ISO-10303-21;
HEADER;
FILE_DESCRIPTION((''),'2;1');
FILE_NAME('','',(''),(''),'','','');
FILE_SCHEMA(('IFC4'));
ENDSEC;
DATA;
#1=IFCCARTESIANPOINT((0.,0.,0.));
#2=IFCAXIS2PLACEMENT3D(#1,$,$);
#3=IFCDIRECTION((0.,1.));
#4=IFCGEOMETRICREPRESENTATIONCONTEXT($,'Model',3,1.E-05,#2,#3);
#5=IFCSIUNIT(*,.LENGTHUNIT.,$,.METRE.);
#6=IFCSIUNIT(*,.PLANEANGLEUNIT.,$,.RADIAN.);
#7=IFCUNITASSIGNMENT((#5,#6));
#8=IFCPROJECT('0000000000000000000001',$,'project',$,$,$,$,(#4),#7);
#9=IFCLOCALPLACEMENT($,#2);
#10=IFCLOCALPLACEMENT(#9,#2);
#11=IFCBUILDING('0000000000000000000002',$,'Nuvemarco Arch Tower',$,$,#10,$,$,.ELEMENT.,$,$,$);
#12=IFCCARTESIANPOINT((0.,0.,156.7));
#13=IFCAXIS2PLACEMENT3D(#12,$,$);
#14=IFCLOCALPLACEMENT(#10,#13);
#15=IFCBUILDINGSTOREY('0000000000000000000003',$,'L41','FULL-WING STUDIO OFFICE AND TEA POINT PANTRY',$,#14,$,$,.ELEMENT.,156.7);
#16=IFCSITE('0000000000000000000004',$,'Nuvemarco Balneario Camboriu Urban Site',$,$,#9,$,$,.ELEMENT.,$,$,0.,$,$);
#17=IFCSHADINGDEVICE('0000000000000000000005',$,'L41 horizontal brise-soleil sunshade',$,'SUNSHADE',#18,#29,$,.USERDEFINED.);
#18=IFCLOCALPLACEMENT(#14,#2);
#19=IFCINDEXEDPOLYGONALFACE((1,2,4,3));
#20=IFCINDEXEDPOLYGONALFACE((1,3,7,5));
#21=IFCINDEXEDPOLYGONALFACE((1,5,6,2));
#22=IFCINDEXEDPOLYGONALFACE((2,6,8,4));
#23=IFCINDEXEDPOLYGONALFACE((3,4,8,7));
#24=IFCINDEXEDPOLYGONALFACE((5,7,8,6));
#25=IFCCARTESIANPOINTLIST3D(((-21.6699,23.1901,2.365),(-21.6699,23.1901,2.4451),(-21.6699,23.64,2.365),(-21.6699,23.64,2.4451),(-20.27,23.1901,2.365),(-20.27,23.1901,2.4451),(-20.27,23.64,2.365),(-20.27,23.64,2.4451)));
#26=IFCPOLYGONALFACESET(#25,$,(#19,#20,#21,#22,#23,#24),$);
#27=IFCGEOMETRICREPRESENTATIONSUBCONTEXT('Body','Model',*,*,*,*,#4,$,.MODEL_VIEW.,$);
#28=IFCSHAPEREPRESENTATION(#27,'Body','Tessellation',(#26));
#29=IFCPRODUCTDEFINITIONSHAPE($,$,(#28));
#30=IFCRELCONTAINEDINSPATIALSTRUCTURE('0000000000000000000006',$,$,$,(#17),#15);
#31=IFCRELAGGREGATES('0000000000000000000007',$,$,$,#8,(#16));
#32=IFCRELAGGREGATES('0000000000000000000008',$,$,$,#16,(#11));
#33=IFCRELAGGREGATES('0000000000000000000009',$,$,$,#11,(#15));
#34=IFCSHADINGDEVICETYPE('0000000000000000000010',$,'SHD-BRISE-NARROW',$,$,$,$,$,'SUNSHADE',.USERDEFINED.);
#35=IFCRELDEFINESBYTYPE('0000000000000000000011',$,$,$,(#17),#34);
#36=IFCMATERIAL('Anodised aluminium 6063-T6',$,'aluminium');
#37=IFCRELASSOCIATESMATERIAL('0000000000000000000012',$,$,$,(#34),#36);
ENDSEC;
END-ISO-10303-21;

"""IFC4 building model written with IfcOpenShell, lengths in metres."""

from ifc_helpers import new_model, si_unit, direction, frame, origin, origin_2d, place, context, subcontext, project, spatial, rectangle, extrude, source, transform, mapped, material, type_object, type_shapes, element, save


model = new_model("IFC4")

# Units and contexts
model_context = context("Model", 3, precision=1e-05, world=origin(), true_north=direction((0.0, 1.0)))
body_context = subcontext(model_context, "Body", "Model", "MODEL_VIEW")
ifc_project = project(units=[si_unit("LENGTHUNIT", "METRE"), si_unit("PLANEANGLEUNIT", "RADIAN")], contexts=[model_context])

# Site, building, storey
site_placement = place(None, origin())
site = spatial("IfcSite", under=ifc_project, at=site_placement, Name="Nuvemarco Balneario Camboriu Urban Site", CompositionType="ELEMENT", RefElevation=0.0)
building_placement = place(site_placement, origin())
building = spatial("IfcBuilding", under=site, at=building_placement, Name="Nuvemarco Arch Tower", CompositionType="ELEMENT")
storey_placement = place(building_placement, frame((0.0, 0.0, 156.7)))
storey = spatial("IfcBuildingStorey", under=building, at=storey_placement, Name="L41", Description="FULL-WING STUDIO OFFICE AND TEA POINT PANTRY", CompositionType="ELEMENT", Elevation=156.7)

# Shading device
ifc_material_1 = material(Name="Anodised aluminium 6063-T6", Category="aluminium")
shading_device_type = type_object("IfcShadingDeviceType", Name="SHD-BRISE-NARROW", ElementType="SUNSHADE", PredefinedType="USERDEFINED", material=ifc_material_1)
shared_shape_1 = source(origin(), body_context, "Body", "SweptSolid", [
    extrude(rectangle(XDim=1.3999, YDim=0.45, at=origin_2d()), origin(), (0.0, 0.0, 1.0), 0.0801),
])
type_shapes(shading_device_type, [shared_shape_1])
shading_device_placement = place(storey_placement, frame((-20.97, 23.415, 2.365), z_axis=(0.0, 0.0, 1.0), x_axis=(1.0, 0.0, 0.0)))
element("IfcShadingDevice", 1, at=shading_device_placement, inside=storey, type_object=shading_device_type, Name="L41 horizontal brise-soleil sunshade", ObjectType="SUNSHADE", PredefinedType="USERDEFINED", context=body_context, shape_type="MappedRepresentation", body=[
    mapped(shared_shape_1, transform((0.0, 0.0, 0.0), scale=1.0)),
])

save(model, "model.ifc")
